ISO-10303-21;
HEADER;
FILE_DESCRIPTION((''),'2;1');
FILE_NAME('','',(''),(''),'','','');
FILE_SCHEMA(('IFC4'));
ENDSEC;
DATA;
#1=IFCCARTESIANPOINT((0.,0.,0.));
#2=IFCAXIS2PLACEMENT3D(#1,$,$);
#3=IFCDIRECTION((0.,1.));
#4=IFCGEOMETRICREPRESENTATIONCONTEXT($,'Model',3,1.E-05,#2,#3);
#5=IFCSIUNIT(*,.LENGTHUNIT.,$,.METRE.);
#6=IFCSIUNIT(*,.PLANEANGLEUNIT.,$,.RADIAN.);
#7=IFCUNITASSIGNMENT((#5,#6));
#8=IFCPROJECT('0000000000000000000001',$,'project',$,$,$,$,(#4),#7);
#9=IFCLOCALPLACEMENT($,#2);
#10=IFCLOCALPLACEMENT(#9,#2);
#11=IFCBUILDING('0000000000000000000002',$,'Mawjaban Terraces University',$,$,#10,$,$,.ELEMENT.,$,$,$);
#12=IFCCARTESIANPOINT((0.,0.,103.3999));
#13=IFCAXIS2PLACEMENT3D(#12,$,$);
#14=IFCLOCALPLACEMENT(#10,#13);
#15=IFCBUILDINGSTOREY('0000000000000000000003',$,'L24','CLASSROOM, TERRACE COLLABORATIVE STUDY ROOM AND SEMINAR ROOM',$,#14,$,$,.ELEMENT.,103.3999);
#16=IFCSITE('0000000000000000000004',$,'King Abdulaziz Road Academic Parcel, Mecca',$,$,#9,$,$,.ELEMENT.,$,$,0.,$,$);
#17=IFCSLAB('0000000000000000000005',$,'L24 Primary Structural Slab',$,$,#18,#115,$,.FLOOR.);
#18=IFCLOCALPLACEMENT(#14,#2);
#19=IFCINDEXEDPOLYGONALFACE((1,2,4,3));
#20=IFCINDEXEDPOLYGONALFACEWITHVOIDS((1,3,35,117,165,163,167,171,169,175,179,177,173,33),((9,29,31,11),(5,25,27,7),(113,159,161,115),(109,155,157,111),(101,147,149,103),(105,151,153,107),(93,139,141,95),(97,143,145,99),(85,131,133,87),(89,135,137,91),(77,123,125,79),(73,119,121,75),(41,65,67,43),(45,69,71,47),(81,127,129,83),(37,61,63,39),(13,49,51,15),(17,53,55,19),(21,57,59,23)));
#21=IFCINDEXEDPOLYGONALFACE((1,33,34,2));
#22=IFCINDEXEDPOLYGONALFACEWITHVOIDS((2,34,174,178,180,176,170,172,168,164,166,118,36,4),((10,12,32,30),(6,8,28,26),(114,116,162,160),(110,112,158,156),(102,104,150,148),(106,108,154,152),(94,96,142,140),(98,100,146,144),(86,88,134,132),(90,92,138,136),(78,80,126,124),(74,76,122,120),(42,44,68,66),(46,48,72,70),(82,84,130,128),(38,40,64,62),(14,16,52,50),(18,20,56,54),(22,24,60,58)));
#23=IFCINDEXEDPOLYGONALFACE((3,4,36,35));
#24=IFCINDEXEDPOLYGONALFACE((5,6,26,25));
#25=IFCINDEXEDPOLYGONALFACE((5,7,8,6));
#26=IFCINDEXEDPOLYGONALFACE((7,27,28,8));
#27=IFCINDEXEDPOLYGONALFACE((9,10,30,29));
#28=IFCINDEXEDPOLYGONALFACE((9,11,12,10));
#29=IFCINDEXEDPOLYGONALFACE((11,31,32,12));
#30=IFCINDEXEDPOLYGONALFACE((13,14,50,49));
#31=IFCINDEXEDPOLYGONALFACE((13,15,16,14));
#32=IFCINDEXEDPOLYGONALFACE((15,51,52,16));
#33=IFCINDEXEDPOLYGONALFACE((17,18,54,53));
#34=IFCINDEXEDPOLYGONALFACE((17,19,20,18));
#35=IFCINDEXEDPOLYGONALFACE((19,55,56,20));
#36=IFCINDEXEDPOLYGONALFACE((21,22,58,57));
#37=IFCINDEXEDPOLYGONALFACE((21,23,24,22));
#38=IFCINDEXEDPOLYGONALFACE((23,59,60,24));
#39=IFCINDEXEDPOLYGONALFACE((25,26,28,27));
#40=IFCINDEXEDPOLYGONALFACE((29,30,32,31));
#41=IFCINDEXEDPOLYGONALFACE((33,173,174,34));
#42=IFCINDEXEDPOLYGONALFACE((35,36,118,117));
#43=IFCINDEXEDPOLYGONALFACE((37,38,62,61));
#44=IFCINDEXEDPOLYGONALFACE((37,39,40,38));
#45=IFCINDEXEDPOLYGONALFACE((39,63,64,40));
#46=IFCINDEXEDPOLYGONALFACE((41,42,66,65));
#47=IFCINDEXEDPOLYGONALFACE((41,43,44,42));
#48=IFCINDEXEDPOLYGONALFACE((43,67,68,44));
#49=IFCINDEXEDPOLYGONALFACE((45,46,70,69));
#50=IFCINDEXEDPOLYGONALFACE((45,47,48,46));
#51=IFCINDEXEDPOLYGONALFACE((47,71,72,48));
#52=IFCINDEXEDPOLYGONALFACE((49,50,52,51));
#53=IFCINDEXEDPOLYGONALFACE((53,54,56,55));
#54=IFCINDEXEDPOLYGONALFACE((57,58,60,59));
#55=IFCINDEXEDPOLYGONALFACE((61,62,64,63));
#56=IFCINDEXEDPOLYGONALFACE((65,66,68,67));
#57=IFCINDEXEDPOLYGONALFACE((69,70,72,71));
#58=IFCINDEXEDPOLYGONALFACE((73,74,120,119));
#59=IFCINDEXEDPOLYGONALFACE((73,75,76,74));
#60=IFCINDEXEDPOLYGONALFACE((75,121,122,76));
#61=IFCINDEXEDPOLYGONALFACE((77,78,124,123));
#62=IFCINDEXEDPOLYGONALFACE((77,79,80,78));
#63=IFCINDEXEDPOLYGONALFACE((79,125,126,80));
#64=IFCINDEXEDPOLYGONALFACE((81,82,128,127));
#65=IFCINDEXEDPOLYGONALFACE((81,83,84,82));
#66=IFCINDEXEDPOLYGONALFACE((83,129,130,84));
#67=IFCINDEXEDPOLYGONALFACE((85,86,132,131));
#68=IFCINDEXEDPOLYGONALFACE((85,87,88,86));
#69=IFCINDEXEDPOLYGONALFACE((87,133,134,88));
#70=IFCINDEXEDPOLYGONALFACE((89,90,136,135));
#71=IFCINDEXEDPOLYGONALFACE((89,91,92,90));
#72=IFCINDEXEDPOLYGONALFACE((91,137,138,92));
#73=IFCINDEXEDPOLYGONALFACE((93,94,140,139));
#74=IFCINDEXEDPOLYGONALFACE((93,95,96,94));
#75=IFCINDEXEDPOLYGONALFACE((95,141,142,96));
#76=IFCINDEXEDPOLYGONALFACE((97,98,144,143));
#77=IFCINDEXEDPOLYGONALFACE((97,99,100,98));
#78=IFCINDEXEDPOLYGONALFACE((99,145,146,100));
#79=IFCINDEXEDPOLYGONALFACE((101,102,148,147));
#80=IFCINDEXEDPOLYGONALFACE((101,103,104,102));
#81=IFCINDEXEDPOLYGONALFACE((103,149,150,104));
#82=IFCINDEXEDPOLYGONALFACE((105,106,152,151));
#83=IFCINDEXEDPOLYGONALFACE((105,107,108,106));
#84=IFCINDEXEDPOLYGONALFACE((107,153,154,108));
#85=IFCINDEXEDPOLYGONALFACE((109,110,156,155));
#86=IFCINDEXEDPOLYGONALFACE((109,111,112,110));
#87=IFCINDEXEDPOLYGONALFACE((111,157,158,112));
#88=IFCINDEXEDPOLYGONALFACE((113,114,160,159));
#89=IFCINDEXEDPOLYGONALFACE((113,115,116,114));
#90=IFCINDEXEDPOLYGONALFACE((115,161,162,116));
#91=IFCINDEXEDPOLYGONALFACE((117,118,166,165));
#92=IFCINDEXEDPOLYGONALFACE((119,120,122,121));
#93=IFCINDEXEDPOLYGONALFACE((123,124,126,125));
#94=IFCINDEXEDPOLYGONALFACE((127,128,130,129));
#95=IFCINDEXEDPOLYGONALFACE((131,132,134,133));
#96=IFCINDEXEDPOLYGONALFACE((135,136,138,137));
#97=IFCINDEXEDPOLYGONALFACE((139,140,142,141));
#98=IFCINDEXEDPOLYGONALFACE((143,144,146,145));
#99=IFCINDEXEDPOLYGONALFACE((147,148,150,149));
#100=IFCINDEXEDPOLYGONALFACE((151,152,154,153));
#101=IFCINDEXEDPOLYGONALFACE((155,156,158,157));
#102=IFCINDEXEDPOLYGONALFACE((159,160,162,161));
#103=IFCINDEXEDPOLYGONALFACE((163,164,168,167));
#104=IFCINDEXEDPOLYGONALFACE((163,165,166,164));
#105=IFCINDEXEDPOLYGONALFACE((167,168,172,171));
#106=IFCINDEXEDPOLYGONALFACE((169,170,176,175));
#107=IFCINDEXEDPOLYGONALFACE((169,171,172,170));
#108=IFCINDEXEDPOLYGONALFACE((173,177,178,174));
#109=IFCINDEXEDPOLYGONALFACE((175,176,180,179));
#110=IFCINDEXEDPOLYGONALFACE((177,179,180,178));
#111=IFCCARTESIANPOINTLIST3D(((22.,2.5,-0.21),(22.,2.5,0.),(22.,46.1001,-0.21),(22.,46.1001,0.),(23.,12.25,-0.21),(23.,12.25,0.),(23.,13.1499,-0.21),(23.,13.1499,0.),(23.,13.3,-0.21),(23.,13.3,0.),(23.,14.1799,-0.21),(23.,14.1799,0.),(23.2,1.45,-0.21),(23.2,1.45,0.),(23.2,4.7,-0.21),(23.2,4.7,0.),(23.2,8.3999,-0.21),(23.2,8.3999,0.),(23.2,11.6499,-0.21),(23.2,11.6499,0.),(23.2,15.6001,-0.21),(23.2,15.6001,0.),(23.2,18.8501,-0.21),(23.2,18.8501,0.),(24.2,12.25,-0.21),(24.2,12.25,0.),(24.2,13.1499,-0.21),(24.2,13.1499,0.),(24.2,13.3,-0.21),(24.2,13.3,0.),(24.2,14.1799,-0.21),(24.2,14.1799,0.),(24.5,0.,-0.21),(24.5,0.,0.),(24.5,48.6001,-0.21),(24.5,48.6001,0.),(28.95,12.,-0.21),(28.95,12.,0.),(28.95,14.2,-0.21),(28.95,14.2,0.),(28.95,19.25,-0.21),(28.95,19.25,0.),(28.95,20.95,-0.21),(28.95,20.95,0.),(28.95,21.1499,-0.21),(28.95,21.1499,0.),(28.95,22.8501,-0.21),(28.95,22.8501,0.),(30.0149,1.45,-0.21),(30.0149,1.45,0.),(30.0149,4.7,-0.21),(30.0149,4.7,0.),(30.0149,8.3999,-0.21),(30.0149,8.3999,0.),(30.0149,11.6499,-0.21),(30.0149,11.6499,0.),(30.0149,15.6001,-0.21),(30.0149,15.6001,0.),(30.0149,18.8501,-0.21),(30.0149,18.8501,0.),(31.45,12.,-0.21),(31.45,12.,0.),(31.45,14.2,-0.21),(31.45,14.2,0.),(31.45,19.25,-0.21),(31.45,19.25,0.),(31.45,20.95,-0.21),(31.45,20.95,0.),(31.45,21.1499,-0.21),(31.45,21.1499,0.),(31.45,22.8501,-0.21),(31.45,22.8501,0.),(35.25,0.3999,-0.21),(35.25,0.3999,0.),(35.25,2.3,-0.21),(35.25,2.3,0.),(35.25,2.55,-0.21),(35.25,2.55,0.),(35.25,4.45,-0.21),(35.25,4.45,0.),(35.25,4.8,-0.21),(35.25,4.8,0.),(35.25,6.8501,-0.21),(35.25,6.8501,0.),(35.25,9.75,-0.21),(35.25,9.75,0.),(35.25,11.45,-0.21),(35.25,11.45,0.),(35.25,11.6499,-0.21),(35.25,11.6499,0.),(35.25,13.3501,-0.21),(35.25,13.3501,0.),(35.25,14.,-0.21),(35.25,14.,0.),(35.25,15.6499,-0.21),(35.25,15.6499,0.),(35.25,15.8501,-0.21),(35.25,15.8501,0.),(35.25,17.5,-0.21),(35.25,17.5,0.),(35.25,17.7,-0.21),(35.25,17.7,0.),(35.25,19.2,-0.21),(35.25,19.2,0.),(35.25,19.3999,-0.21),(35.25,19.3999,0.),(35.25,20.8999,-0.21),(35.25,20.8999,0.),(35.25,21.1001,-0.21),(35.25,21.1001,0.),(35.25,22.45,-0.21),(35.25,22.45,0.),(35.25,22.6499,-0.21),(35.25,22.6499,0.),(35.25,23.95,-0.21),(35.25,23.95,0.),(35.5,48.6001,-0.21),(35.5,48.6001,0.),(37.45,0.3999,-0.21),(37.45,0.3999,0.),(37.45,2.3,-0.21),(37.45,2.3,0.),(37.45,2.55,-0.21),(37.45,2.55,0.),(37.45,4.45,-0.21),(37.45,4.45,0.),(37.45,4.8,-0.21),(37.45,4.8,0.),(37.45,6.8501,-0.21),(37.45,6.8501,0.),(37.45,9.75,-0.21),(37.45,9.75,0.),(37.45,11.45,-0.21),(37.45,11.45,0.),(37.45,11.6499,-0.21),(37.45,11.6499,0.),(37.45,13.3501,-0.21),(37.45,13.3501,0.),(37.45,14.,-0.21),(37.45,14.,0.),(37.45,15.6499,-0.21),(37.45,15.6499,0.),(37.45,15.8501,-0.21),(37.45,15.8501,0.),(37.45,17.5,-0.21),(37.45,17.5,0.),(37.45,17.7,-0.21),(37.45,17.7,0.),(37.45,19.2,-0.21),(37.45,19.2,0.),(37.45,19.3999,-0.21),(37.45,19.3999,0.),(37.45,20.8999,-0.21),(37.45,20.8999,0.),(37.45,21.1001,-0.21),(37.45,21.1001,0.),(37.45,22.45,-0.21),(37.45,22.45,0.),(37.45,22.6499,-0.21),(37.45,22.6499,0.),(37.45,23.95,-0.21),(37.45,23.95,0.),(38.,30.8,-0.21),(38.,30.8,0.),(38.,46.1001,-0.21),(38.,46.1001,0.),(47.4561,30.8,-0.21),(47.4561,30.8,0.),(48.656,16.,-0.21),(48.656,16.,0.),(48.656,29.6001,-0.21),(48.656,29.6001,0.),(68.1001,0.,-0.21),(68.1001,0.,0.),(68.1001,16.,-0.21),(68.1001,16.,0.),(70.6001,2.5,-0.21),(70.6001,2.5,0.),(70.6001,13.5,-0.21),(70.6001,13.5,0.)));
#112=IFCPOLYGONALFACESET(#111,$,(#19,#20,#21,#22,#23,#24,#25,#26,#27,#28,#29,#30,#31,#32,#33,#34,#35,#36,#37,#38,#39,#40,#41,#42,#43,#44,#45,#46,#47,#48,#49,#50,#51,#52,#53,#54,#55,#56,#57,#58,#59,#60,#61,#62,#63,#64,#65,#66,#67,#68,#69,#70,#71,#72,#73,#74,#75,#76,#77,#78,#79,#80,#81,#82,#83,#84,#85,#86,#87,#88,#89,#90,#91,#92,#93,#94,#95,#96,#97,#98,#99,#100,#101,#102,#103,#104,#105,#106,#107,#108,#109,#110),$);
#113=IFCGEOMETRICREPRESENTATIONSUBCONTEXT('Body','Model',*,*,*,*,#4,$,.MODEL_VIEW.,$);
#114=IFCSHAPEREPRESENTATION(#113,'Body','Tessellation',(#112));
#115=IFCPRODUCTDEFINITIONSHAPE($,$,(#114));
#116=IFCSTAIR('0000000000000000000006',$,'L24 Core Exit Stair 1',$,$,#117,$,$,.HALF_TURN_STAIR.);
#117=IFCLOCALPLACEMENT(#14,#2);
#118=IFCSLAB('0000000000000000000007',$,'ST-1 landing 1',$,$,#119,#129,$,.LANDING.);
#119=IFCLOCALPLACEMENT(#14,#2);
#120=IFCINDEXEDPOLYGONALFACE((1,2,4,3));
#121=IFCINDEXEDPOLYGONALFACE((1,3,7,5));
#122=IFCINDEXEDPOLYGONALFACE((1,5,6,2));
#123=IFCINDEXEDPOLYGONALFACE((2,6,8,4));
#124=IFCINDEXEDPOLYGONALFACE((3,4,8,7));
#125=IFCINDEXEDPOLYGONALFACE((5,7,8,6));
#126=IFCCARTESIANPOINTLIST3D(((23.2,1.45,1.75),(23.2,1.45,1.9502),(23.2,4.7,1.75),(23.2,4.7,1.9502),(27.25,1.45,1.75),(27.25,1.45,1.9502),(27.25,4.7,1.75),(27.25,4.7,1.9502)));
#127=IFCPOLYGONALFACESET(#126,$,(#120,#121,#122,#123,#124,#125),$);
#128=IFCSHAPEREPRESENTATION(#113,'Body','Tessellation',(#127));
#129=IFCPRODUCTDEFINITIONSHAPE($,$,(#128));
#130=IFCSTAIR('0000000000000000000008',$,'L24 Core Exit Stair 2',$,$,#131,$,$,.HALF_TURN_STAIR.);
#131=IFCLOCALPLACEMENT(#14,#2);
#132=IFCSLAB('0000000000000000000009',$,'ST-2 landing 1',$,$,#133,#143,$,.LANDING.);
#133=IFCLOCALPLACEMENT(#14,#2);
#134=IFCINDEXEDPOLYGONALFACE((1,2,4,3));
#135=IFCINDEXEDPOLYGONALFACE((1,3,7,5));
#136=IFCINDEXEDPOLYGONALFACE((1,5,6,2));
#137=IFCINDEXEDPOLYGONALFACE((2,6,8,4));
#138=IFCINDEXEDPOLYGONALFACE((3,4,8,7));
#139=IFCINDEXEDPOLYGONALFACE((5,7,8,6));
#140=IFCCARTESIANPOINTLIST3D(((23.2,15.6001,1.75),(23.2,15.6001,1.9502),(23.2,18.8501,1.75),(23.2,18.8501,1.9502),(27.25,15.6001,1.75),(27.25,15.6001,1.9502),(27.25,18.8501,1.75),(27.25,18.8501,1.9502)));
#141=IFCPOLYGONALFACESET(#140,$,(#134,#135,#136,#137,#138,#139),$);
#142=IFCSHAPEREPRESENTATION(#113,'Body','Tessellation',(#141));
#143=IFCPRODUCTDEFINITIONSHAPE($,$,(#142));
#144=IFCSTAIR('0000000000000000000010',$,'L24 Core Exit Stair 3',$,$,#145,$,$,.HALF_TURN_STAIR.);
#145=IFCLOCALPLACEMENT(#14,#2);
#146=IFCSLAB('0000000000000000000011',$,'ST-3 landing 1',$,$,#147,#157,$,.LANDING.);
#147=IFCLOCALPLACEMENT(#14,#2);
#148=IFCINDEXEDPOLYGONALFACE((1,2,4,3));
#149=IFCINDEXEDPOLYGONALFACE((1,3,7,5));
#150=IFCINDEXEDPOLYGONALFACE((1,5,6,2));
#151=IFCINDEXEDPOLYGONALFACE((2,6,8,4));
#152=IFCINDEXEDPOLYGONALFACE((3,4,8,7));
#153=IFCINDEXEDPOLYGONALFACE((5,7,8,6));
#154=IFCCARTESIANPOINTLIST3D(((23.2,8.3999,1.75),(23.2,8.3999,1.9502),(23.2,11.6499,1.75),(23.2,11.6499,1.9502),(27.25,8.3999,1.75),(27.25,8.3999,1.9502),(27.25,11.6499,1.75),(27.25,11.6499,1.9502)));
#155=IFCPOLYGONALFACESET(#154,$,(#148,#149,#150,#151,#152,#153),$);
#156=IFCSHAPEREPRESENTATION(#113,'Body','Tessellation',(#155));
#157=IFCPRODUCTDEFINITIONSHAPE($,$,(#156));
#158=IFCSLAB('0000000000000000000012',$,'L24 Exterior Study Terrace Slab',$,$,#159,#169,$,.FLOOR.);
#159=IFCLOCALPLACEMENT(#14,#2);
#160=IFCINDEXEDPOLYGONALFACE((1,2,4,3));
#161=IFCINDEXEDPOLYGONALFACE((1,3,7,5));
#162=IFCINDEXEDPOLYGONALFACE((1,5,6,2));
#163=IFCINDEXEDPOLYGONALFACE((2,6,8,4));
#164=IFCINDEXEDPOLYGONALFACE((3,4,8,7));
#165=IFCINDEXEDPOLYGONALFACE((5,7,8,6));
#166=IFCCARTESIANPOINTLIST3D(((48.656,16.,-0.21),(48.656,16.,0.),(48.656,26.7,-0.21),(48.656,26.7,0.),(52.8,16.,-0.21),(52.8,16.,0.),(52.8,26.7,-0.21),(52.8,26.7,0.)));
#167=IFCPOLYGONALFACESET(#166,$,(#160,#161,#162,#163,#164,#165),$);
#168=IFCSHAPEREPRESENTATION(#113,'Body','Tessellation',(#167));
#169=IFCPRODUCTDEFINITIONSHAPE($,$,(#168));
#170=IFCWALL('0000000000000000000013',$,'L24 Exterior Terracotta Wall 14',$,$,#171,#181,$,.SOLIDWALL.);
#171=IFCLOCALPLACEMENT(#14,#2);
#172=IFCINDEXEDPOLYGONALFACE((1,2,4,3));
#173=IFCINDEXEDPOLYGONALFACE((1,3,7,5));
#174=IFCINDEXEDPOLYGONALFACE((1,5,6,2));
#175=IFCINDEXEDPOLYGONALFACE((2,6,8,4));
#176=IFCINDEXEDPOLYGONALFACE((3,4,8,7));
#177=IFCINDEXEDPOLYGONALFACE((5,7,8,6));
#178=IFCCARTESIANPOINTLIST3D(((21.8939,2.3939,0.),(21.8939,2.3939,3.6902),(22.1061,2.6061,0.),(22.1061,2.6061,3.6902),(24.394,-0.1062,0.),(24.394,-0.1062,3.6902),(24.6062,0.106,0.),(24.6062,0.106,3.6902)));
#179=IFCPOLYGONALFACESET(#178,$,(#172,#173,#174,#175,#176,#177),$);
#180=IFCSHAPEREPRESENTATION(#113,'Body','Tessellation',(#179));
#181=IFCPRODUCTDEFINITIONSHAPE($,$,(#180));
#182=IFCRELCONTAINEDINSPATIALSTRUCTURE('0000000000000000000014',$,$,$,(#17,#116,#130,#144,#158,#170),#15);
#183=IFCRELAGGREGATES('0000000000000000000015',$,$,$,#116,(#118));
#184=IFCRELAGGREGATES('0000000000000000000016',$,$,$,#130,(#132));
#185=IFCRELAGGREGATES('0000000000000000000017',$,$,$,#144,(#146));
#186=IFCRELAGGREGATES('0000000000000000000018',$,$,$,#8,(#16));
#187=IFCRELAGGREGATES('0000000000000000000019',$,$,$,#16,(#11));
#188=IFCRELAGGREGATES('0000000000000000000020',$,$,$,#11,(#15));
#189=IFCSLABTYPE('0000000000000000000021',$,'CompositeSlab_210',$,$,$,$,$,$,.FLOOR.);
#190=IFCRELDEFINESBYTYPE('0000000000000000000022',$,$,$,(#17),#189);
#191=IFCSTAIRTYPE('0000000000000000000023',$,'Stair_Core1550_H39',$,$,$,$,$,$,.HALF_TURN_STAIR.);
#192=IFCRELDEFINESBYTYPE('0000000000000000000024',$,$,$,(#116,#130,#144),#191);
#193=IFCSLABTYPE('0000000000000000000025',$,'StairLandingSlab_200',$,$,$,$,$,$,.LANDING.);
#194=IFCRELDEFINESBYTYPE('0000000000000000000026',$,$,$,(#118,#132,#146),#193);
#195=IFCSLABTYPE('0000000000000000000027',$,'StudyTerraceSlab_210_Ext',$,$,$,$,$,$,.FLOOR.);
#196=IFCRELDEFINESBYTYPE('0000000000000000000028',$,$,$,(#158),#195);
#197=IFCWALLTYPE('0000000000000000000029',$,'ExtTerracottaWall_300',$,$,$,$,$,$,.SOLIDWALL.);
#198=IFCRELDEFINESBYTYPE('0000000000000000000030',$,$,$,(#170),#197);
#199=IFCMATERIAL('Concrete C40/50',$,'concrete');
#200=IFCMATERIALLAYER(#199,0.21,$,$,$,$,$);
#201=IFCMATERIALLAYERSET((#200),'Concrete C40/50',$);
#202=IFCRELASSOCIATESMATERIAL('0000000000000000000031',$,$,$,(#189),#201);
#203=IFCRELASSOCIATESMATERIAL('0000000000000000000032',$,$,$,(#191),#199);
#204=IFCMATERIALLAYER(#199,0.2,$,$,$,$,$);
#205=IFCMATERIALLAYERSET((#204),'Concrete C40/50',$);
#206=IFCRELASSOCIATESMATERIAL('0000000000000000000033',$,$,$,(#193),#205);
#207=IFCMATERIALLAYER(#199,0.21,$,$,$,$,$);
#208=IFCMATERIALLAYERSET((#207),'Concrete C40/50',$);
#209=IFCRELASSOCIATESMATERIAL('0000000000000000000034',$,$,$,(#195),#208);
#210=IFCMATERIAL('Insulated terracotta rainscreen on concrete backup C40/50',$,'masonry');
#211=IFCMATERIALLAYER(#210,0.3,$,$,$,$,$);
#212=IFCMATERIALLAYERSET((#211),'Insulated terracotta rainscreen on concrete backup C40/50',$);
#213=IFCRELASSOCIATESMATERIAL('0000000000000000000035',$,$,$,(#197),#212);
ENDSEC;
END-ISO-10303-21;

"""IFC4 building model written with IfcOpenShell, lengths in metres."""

from ifc_helpers import new_model, si_unit, direction, frame, frame_2d, origin, place, context, subcontext, project, spatial, polyline, rectangle, outline, extrude, material, layer, layer_set, type_object, element, aggregate, save


model = new_model("IFC4")

# Units and contexts
model_context = context("Model", 3, precision=1e-05, world=origin(), true_north=direction((0.0, 1.0)))
body_context = subcontext(model_context, "Body", "Model", "MODEL_VIEW")
ifc_project = project(units=[si_unit("LENGTHUNIT", "METRE"), si_unit("PLANEANGLEUNIT", "RADIAN")], contexts=[model_context])

# Site, building, storey
site_placement = place(None, origin())
site = spatial("IfcSite", under=ifc_project, at=site_placement, Name="King Abdulaziz Road Academic Parcel, Mecca", CompositionType="ELEMENT", RefElevation=0.0)
building_placement = place(site_placement, origin())
building = spatial("IfcBuilding", under=site, at=building_placement, Name="Mawjaban Terraces University", CompositionType="ELEMENT")
storey_placement = place(building_placement, frame((0.0, 0.0, 103.3999)))
storey = spatial("IfcBuildingStorey", under=building, at=storey_placement, Name="L24", Description="CLASSROOM, TERRACE COLLABORATIVE STUDY ROOM AND SEMINAR ROOM", CompositionType="ELEMENT", Elevation=103.3999)

# Slab
ifc_material_1 = material(Name="Concrete C40/50", Category="concrete")
ifc_layer_1 = layer(ifc_material_1, 0.21)
ifc_layer_set_1 = layer_set([ifc_layer_1], Name="Concrete C40/50")
slab_type_1 = type_object("IfcSlabType", Name="CompositeSlab_210", PredefinedType="FLOOR", material=ifc_layer_set_1)
slab_1_placement = place(storey_placement, frame((0.0, 0.0, -0.21)))
element("IfcSlab", 1, at=slab_1_placement, inside=storey, type_object=slab_type_1, Name="L24 Primary Structural Slab", PredefinedType="FLOOR", context=body_context, shape_type="SweptSolid", body=[
    extrude(outline(polyline([(24.5, 0.0), (68.1001, 0.0), (70.6001, 2.5), (70.6001, 13.5), (68.1001, 16.0), (48.656, 16.0), (48.656, 29.6001), (47.4561, 30.8), (38.0, 30.8), (38.0, 46.1001), (35.5, 48.6001), (24.5, 48.6001), (22.0, 46.1001), (22.0, 2.5), (24.5, 0.0)]), holes=[polyline([(30.0149, 4.7), (23.2, 4.7), (23.2, 1.45), (30.0149, 1.45), (30.0149, 4.7)]), polyline([(30.0149, 18.8501), (23.2, 18.8501), (23.2, 15.6001), (30.0149, 15.6001), (30.0149, 18.8501)]), polyline([(30.0149, 11.6499), (23.2, 11.6499), (23.2, 8.3999), (30.0149, 8.3999), (30.0149, 11.6499)]), polyline([(35.25, 0.3999), (37.45, 0.3999), (37.45, 2.3), (35.25, 2.3), (35.25, 0.3999)]), polyline([(35.25, 2.55), (37.45, 2.55), (37.45, 4.45), (35.25, 4.45), (35.25, 2.55)]), polyline([(35.25, 4.8), (37.45, 4.8), (37.45, 6.8501), (35.25, 6.8501), (35.25, 4.8)]), polyline([(35.25, 9.75), (37.45, 9.75), (37.45, 11.45), (35.25, 11.45), (35.25, 9.75)]), polyline([(35.25, 11.6499), (37.45, 11.6499), (37.45, 13.3501), (35.25, 13.3501), (35.25, 11.6499)]), polyline([(28.95, 12.0), (31.45, 12.0), (31.45, 14.2), (28.95, 14.2), (28.95, 12.0)]), polyline([(35.25, 14.0), (37.45, 14.0), (37.45, 15.6499), (35.25, 15.6499), (35.25, 14.0)]), polyline([(35.25, 15.8501), (37.45, 15.8501), (37.45, 17.5), (35.25, 17.5), (35.25, 15.8501)]), polyline([(35.25, 17.7), (37.45, 17.7), (37.45, 19.2), (35.25, 19.2), (35.25, 17.7)]), polyline([(35.25, 19.3999), (37.45, 19.3999), (37.45, 20.8999), (35.25, 20.8999), (35.25, 19.3999)]), polyline([(28.95, 19.25), (31.45, 19.25), (31.45, 20.95), (28.95, 20.95), (28.95, 19.25)]), polyline([(35.25, 21.1001), (37.45, 21.1001), (37.45, 22.45), (35.25, 22.45), (35.25, 21.1001)]), polyline([(35.25, 22.6499), (37.45, 22.6499), (37.45, 23.95), (35.25, 23.95), (35.25, 22.6499)]), polyline([(28.95, 21.1499), (31.45, 21.1499), (31.45, 22.8501), (28.95, 22.8501), (28.95, 21.1499)]), polyline([(23.0, 12.25), (24.2, 12.25), (24.2, 13.1499), (23.0, 13.1499), (23.0, 12.25)]), polyline([(23.0, 13.3), (24.2, 13.3), (24.2, 14.1799), (23.0, 14.1799), (23.0, 13.3)])]), origin(), (0.0, 0.0, 1.0), 0.21),
])

# Stairs, slabs
stair_type = type_object("IfcStairType", Name="Stair_Core1550_H39", PredefinedType="HALF_TURN_STAIR", material=ifc_material_1)
stair_1_placement = place(storey_placement, origin())
stair_1 = element("IfcStair", 2, at=stair_1_placement, inside=storey, type_object=stair_type, Name="L24 Core Exit Stair 1", PredefinedType="HALF_TURN_STAIR")
ifc_layer_2 = layer(ifc_material_1, 0.2)
ifc_layer_set_2 = layer_set([ifc_layer_2], Name="Concrete C40/50")
slab_type_2 = type_object("IfcSlabType", Name="StairLandingSlab_200", PredefinedType="LANDING", material=ifc_layer_set_2)
slab_2_placement = place(storey_placement, frame((0.0, 0.0, 1.75)))
slab_2 = element("IfcSlab", 3, at=slab_2_placement, type_object=slab_type_2, Name="ST-1 landing 1", PredefinedType="LANDING", context=body_context, shape_type="SweptSolid", body=[
    extrude(outline(polyline([(27.25, 4.7), (23.2, 4.7), (23.2, 1.45), (27.25, 1.45), (27.25, 4.7)])), origin(), (0.0, 0.0, 1.0), 0.2002),
])
aggregate(stair_1, [slab_2])
stair_2_placement = place(storey_placement, origin())
stair_2 = element("IfcStair", 4, at=stair_2_placement, inside=storey, type_object=stair_type, Name="L24 Core Exit Stair 2", PredefinedType="HALF_TURN_STAIR")
slab_3_placement = place(storey_placement, frame((0.0, 0.0, 1.75)))
slab_3 = element("IfcSlab", 5, at=slab_3_placement, type_object=slab_type_2, Name="ST-2 landing 1", PredefinedType="LANDING", context=body_context, shape_type="SweptSolid", body=[
    extrude(outline(polyline([(27.25, 18.8501), (23.2, 18.8501), (23.2, 15.6001), (27.25, 15.6001), (27.25, 18.8501)])), origin(), (0.0, 0.0, 1.0), 0.2002),
])
aggregate(stair_2, [slab_3])
stair_3_placement = place(storey_placement, origin())
stair_3 = element("IfcStair", 6, at=stair_3_placement, inside=storey, type_object=stair_type, Name="L24 Core Exit Stair 3", PredefinedType="HALF_TURN_STAIR")
slab_4_placement = place(storey_placement, frame((0.0, 0.0, 1.75)))
slab_4 = element("IfcSlab", 7, at=slab_4_placement, type_object=slab_type_2, Name="ST-3 landing 1", PredefinedType="LANDING", context=body_context, shape_type="SweptSolid", body=[
    extrude(outline(polyline([(27.25, 11.6499), (23.2, 11.6499), (23.2, 8.3999), (27.25, 8.3999), (27.25, 11.6499)])), origin(), (0.0, 0.0, 1.0), 0.2002),
])
aggregate(stair_3, [slab_4])

# Slab
ifc_layer_3 = layer(ifc_material_1, 0.21)
ifc_layer_set_3 = layer_set([ifc_layer_3], Name="Concrete C40/50")
slab_type_3 = type_object("IfcSlabType", Name="StudyTerraceSlab_210_Ext", PredefinedType="FLOOR", material=ifc_layer_set_3)
slab_5_placement = place(storey_placement, frame((0.0, 0.0, -0.21)))
element("IfcSlab", 8, at=slab_5_placement, inside=storey, type_object=slab_type_3, Name="L24 Exterior Study Terrace Slab", PredefinedType="FLOOR", context=body_context, shape_type="SweptSolid", body=[
    extrude(outline(polyline([(48.656, 16.0), (52.8, 16.0), (52.8, 26.7), (48.656, 26.7), (48.656, 16.0)])), origin(), (0.0, 0.0, 1.0), 0.21),
])

# Wall
ifc_material_2 = material(Name="Insulated terracotta rainscreen on concrete backup C40/50", Category="masonry")
ifc_layer_4 = layer(ifc_material_2, 0.3)
ifc_layer_set_4 = layer_set([ifc_layer_4], Name="Insulated terracotta rainscreen on concrete backup C40/50")
wall_type_1 = type_object("IfcWallType", Name="ExtTerracottaWall_300", PredefinedType="SOLIDWALL", material=ifc_layer_set_4)
wall_1_placement = place(storey_placement, frame((22.0, 2.5, 0.0), z_axis=(0.0, 0.0, 1.0), x_axis=(0.707107, -0.707107, 0.0)))
element("IfcWall", 9, at=wall_1_placement, inside=storey, type_object=wall_type_1, Name="L24 Exterior Terracotta Wall 14", PredefinedType="SOLIDWALL", context=body_context, shape_type="SweptSolid", body=[
    extrude(rectangle(XDim=3.5356, YDim=0.3, at=frame_2d((1.7678, 0.0))), origin(), (0.0, 0.0, 1.0), 3.6902),
])

save(model, "model.ifc")
